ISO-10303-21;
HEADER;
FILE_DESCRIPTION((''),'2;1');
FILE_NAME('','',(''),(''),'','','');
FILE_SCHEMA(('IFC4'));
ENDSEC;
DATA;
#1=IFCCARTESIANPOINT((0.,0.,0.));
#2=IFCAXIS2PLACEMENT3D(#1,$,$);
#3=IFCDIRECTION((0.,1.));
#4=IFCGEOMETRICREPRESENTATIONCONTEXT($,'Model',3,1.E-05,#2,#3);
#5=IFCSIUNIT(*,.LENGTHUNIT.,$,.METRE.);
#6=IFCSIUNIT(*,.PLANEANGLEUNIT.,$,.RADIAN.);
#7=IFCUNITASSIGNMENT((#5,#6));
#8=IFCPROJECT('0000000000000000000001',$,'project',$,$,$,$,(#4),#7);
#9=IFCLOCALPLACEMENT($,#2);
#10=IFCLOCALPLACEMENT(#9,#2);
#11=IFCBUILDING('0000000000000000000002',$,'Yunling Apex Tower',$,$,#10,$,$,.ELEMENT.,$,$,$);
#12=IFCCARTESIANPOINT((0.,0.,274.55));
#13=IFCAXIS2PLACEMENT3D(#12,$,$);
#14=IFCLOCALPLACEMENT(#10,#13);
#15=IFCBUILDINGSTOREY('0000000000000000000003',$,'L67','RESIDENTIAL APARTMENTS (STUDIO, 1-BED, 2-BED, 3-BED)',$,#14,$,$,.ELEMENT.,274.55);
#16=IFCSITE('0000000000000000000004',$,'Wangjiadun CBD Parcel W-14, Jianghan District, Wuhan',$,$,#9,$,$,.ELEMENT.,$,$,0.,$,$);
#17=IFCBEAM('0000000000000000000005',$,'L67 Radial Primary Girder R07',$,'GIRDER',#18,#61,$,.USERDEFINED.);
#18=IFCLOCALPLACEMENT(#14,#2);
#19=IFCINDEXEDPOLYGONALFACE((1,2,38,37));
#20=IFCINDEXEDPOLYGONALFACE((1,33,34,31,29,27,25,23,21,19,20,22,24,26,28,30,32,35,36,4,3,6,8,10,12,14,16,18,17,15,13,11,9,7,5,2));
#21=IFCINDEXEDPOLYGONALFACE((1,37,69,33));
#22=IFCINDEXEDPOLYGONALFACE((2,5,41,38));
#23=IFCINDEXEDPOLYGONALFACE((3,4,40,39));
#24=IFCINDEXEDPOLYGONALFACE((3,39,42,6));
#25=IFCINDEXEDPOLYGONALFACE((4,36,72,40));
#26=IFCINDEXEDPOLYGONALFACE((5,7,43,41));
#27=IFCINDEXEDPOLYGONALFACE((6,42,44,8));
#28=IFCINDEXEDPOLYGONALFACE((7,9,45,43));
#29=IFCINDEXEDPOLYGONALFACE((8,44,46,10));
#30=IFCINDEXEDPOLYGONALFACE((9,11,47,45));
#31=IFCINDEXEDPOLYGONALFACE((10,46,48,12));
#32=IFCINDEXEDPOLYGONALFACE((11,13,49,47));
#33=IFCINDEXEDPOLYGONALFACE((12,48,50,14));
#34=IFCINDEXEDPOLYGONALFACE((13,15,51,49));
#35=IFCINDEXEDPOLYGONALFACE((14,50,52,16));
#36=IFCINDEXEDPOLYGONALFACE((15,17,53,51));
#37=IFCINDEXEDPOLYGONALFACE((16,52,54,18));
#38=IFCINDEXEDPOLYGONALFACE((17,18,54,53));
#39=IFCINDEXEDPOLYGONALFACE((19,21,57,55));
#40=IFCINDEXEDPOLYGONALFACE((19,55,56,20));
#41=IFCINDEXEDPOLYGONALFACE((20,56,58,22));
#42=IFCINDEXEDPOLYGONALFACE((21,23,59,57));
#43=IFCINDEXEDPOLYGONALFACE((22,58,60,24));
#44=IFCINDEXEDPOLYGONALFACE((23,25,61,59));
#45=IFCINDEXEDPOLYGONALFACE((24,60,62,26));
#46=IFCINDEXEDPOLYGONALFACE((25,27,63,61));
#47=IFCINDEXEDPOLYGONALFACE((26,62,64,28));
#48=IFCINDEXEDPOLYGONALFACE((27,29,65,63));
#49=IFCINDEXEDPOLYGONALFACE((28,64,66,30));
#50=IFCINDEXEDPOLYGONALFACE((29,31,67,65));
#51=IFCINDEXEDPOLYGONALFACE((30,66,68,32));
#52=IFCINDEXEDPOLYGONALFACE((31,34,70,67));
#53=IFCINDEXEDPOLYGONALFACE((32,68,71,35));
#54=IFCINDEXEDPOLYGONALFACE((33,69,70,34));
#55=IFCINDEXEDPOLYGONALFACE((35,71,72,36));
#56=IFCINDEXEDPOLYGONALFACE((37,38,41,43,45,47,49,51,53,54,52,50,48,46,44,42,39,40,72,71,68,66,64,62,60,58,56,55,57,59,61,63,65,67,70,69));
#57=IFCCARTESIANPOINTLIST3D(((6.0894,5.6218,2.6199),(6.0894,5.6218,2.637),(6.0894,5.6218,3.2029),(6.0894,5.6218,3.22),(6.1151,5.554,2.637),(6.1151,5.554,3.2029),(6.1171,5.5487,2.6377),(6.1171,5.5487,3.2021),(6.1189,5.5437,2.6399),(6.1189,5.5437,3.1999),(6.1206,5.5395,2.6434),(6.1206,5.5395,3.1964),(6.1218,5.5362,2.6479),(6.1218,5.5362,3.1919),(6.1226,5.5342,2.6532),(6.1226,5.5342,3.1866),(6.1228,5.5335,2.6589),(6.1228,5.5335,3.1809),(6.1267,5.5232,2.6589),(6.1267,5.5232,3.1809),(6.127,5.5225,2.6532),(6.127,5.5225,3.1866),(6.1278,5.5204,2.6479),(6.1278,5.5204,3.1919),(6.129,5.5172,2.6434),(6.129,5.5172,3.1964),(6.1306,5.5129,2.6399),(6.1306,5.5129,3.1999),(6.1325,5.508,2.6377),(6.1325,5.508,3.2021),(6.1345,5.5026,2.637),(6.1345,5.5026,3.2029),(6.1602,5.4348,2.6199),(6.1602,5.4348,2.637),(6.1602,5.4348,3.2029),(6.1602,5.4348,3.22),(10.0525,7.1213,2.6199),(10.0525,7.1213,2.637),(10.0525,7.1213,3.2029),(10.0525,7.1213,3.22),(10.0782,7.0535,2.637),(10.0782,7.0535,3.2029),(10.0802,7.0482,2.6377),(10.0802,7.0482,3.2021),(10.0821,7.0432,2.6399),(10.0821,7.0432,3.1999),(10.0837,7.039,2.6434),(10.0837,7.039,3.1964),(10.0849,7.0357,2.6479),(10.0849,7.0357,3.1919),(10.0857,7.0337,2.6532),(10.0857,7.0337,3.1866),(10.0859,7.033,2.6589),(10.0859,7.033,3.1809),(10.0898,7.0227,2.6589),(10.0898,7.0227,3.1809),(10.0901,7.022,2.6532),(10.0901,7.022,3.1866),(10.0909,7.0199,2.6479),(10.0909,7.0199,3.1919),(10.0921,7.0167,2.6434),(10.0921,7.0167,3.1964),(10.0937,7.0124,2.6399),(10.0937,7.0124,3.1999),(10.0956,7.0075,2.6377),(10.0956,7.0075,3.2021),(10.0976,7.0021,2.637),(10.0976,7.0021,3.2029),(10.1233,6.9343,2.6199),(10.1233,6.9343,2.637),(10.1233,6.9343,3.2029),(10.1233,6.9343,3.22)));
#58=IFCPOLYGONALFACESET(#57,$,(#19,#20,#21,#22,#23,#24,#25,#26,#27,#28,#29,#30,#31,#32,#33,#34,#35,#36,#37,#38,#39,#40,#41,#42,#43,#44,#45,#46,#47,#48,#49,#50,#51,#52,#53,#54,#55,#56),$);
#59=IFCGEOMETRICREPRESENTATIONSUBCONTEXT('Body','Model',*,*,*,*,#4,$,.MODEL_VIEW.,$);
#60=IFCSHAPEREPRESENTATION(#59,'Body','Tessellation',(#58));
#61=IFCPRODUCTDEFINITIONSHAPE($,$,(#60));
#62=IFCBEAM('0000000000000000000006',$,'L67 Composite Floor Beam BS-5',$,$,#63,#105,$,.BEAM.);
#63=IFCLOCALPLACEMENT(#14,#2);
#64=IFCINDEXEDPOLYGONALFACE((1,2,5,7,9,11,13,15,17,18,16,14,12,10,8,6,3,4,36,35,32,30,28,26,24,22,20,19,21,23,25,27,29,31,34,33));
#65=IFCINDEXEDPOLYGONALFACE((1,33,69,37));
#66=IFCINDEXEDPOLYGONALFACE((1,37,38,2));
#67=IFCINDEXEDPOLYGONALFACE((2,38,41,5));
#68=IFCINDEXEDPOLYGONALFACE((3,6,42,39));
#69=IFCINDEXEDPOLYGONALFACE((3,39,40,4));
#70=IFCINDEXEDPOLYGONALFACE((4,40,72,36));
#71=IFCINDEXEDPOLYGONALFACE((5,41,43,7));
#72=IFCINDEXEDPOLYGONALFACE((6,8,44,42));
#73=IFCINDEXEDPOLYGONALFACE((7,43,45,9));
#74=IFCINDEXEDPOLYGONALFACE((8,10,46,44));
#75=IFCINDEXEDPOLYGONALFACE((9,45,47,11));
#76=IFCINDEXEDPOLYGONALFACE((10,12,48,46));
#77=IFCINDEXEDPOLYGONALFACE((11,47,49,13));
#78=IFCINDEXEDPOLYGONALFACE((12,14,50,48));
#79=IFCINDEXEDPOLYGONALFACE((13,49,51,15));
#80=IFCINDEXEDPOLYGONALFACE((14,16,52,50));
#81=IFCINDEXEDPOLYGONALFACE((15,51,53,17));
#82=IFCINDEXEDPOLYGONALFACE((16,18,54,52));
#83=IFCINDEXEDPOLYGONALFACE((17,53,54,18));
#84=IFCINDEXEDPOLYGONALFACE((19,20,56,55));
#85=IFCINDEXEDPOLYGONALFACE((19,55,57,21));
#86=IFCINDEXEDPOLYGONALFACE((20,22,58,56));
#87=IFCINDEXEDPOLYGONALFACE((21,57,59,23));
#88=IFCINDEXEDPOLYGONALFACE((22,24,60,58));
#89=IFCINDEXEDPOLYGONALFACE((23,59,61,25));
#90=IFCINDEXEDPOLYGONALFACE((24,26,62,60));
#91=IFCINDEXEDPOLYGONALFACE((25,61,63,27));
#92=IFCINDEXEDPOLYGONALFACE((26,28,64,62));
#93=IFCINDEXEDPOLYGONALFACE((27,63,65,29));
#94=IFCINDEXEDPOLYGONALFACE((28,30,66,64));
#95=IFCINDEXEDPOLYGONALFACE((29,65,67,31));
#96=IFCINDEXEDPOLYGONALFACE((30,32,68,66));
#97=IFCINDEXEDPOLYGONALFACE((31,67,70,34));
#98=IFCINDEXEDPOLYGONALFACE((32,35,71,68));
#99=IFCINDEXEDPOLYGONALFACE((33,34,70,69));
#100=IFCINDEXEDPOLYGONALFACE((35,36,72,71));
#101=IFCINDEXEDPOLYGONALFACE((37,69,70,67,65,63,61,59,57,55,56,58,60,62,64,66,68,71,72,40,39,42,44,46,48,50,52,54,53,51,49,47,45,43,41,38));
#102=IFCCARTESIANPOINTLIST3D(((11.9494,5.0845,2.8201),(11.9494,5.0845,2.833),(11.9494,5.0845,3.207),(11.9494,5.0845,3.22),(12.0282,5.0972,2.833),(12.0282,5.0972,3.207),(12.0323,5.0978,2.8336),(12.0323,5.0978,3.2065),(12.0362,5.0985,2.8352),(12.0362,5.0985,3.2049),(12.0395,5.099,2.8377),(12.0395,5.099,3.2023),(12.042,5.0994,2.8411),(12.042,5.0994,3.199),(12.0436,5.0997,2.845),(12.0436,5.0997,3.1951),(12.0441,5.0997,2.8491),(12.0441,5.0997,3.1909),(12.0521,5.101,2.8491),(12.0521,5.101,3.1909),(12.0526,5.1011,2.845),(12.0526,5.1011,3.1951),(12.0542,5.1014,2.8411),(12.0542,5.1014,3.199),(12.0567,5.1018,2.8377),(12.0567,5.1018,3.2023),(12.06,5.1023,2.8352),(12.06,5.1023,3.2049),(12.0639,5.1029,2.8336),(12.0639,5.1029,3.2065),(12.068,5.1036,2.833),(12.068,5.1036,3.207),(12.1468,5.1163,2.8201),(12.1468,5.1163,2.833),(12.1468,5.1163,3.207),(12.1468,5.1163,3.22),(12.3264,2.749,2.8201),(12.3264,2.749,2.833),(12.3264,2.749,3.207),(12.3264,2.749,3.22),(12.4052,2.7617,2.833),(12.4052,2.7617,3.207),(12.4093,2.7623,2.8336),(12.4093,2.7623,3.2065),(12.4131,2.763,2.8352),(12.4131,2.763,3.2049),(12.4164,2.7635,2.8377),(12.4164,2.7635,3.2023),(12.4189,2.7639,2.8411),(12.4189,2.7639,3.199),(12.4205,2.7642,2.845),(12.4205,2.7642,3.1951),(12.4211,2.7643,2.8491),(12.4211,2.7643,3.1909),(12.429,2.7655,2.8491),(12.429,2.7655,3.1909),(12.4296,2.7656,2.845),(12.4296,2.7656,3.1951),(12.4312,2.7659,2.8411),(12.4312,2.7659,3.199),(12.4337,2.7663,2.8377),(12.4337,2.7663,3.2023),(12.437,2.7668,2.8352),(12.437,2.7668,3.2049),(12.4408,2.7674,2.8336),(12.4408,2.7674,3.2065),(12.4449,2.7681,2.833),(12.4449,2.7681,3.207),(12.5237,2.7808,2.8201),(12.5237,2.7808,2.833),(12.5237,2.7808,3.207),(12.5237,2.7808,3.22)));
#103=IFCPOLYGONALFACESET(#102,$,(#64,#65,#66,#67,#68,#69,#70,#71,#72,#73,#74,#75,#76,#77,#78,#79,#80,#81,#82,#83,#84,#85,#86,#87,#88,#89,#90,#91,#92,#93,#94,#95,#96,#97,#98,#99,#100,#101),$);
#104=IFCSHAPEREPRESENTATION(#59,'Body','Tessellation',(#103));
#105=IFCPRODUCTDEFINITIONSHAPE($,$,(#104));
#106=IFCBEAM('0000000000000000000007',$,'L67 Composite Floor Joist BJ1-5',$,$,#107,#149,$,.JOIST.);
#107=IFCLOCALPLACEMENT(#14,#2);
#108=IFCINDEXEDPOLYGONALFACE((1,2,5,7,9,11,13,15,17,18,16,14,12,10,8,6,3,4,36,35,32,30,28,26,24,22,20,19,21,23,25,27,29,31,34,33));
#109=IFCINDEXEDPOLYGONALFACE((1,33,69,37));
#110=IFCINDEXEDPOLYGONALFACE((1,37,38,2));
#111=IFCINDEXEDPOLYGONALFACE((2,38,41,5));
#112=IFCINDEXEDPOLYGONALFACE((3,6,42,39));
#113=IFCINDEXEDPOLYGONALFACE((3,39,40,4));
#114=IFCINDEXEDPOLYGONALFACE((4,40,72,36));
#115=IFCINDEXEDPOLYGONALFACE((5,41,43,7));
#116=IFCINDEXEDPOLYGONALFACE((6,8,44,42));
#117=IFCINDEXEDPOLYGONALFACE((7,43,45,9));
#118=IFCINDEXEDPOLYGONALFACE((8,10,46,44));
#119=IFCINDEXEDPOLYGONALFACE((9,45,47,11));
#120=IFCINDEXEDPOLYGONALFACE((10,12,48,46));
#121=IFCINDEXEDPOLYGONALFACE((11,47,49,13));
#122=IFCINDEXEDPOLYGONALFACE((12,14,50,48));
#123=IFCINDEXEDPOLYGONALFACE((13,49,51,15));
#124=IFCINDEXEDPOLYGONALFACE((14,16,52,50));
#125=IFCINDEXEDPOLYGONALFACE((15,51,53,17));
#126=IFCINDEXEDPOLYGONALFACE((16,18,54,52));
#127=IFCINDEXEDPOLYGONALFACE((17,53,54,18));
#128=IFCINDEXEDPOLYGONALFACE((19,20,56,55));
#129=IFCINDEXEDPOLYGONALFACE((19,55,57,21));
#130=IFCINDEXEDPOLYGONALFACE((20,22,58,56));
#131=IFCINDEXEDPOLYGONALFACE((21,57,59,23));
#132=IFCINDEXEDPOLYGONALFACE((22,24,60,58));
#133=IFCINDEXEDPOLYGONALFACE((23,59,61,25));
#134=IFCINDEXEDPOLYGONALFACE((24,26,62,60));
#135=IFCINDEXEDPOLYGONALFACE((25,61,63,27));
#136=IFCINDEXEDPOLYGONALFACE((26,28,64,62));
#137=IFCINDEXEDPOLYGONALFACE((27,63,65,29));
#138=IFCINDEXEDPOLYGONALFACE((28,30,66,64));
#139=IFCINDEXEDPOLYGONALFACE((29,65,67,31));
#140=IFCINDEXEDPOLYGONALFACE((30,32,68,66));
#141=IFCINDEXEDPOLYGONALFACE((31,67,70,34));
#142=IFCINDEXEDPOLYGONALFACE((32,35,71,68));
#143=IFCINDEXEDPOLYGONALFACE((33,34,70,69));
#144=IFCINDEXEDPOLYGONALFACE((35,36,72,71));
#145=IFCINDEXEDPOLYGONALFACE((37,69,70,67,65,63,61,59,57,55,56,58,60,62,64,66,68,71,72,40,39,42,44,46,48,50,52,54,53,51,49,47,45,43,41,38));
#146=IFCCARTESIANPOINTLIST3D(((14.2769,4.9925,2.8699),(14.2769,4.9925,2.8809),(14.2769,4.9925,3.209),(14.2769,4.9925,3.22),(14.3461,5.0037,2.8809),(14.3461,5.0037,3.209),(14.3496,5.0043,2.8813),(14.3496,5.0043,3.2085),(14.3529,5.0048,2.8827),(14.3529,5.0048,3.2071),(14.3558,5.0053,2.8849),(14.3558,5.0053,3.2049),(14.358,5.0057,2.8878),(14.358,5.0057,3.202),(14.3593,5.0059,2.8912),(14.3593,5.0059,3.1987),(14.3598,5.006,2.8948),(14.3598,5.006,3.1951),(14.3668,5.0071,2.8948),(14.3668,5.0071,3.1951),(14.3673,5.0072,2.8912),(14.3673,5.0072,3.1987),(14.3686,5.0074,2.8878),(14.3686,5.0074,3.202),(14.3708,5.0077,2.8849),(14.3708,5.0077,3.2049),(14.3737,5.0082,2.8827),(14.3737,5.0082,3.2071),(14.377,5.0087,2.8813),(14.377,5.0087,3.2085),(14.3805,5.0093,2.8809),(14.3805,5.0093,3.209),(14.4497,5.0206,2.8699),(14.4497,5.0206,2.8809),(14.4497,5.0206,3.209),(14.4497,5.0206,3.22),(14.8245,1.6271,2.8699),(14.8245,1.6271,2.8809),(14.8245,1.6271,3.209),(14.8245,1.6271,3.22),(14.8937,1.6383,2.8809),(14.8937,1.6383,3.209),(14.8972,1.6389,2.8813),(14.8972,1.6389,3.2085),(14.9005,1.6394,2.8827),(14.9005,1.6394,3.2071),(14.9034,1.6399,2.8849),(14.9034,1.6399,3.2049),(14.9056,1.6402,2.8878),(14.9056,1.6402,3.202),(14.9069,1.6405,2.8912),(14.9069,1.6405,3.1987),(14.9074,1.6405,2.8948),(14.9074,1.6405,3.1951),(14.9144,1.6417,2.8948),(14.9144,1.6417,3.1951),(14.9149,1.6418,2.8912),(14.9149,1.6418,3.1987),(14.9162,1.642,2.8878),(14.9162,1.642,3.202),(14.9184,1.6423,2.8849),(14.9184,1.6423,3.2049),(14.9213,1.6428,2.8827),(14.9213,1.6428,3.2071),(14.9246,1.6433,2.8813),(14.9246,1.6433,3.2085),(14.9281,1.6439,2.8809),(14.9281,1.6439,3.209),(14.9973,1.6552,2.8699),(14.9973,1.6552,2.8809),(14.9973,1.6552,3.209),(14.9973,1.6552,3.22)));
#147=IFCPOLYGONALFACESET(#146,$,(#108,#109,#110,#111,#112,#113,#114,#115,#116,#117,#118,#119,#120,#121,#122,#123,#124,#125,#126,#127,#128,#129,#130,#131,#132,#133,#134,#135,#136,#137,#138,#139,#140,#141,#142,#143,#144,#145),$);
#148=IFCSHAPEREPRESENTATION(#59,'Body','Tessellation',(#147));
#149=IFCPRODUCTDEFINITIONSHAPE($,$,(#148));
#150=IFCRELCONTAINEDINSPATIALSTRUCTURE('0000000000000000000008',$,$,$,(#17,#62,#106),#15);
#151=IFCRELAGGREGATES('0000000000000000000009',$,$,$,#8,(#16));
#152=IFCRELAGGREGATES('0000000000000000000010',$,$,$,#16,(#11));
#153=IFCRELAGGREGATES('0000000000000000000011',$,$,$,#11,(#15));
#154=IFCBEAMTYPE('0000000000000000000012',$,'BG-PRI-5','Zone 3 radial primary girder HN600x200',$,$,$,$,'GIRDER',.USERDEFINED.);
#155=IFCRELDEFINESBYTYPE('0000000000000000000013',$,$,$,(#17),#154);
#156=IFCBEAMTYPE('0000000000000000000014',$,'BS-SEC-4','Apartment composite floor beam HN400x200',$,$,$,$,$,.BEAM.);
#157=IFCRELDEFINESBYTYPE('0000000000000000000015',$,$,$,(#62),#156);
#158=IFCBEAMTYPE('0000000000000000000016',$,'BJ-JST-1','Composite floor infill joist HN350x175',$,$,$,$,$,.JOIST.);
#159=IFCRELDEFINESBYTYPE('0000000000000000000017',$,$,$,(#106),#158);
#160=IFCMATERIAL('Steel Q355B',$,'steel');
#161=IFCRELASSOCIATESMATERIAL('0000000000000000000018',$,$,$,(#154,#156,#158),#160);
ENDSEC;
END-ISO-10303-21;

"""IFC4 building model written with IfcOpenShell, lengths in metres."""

from ifc_helpers import new_model, si_unit, direction, frame, origin, origin_2d, place, context, subcontext, project, spatial, i_section, extrude, source, transform, mapped, material, material_profile, profile_set, type_object, element, save


model = new_model("IFC4")

# Units and contexts
model_context = context("Model", 3, precision=1e-05, world=origin(), true_north=direction((0.0, 1.0)))
body_context = subcontext(model_context, "Body", "Model", "MODEL_VIEW")
ifc_project = project(units=[si_unit("LENGTHUNIT", "METRE"), si_unit("PLANEANGLEUNIT", "RADIAN")], contexts=[model_context])

# Site, building, storey
site_placement = place(None, origin())
site = spatial("IfcSite", under=ifc_project, at=site_placement, Name="Wangjiadun CBD Parcel W-14, Jianghan District, Wuhan", CompositionType="ELEMENT", RefElevation=0.0)
building_placement = place(site_placement, origin())
building = spatial("IfcBuilding", under=site, at=building_placement, Name="Yunling Apex Tower", CompositionType="ELEMENT")
storey_placement = place(building_placement, frame((0.0, 0.0, 274.55)))
storey = spatial("IfcBuildingStorey", under=building, at=storey_placement, Name="L67", Description="RESIDENTIAL APARTMENTS (STUDIO, 1-BED, 2-BED, 3-BED)", CompositionType="ELEMENT", Elevation=274.55)

# Shared definitions
ifc_material_1 = material(Name="Steel Q355B", Category="steel")

# Beams
ifc_material_profile_1 = material_profile(ifc_material_1, i_section(OverallWidth=0.2, OverallDepth=0.6001, WebThickness=0.011, FlangeThickness=0.0171, FilletRadius=0.022, at=origin_2d()))
ifc_profile_set_1 = profile_set([ifc_material_profile_1], Name="Steel Q355B")
beam_type_1 = type_object("IfcBeamType", Name="BG-PRI-5", Description="Zone 3 radial primary girder HN600x200", ElementType="GIRDER", PredefinedType="USERDEFINED", material=ifc_profile_set_1)
shared_shape_1 = source(origin(), body_context, "Body", "SweptSolid", [
    extrude(i_section(OverallWidth=0.2, OverallDepth=0.6001, WebThickness=0.011, FlangeThickness=0.0171, FilletRadius=0.022, at=origin_2d()), origin(), (0.0, 0.0, 1.0), 4.2373),
])
beam_1_placement = place(storey_placement, frame((10.0879, 7.0278, 2.9199), z_axis=(-0.93529, -0.353881, 0.0), x_axis=(0.353881, -0.93529, 0.0)))
element("IfcBeam", 1, at=beam_1_placement, inside=storey, type_object=beam_type_1, Name="L67 Radial Primary Girder R07", ObjectType="GIRDER", PredefinedType="USERDEFINED", context=body_context, shape_type="MappedRepresentation", body=[
    mapped(shared_shape_1, transform((0.0, 0.0, 0.0), scale=1.0)),
])
ifc_material_profile_2 = material_profile(ifc_material_1, i_section(OverallWidth=0.2, OverallDepth=0.3999, WebThickness=0.0081, FlangeThickness=0.0129, FilletRadius=0.0161, at=origin_2d()))
ifc_profile_set_2 = profile_set([ifc_material_profile_2], Name="Steel Q355B")
beam_type_2 = type_object("IfcBeamType", Name="BS-SEC-4", Description="Apartment composite floor beam HN400x200", PredefinedType="BEAM", material=ifc_profile_set_2)
shared_shape_2 = source(origin(), body_context, "Body", "SweptSolid", [
    extrude(i_section(OverallWidth=0.2, OverallDepth=0.3999, WebThickness=0.0081, FlangeThickness=0.0129, FilletRadius=0.0161, at=origin_2d()), origin(), (0.0, 0.0, 1.0), 2.3657),
])
beam_2_placement = place(storey_placement, frame((12.425, 2.7649, 3.02), z_axis=(-0.159343, 0.987223, 0.0), x_axis=(-0.987223, -0.159343, 0.0)))
element("IfcBeam", 2, at=beam_2_placement, inside=storey, type_object=beam_type_2, Name="L67 Composite Floor Beam BS-5", PredefinedType="BEAM", context=body_context, shape_type="MappedRepresentation", body=[
    mapped(shared_shape_2, transform((0.0, 0.0, 0.0), scale=1.0)),
])
ifc_material_profile_3 = material_profile(ifc_material_1, i_section(OverallWidth=0.175, OverallDepth=0.3501, WebThickness=0.0071, FlangeThickness=0.011, FilletRadius=0.0139, at=origin_2d()))
ifc_profile_set_3 = profile_set([ifc_material_profile_3], Name="Steel Q355B")
beam_type_3 = type_object("IfcBeamType", Name="BJ-JST-1", Description="Composite floor infill joist HN350x175", PredefinedType="JOIST", material=ifc_profile_set_3)
shared_shape_3 = source(origin(), body_context, "Body", "SweptSolid", [
    extrude(i_section(OverallWidth=0.175, OverallDepth=0.3501, WebThickness=0.0071, FlangeThickness=0.011, FilletRadius=0.0139, at=origin_2d()), origin(), (0.0, 0.0, 1.0), 3.4097),
])
beam_3_placement = place(storey_placement, frame((14.9109, 1.6411, 3.0449), z_axis=(-0.160601, 0.987019, 0.0), x_axis=(-0.987019, -0.160601, 0.0)))
element("IfcBeam", 3, at=beam_3_placement, inside=storey, type_object=beam_type_3, Name="L67 Composite Floor Joist BJ1-5", PredefinedType="JOIST", context=body_context, shape_type="MappedRepresentation", body=[
    mapped(shared_shape_3, transform((0.0, 0.0, 0.0), scale=1.0)),
])

save(model, "model.ifc")
